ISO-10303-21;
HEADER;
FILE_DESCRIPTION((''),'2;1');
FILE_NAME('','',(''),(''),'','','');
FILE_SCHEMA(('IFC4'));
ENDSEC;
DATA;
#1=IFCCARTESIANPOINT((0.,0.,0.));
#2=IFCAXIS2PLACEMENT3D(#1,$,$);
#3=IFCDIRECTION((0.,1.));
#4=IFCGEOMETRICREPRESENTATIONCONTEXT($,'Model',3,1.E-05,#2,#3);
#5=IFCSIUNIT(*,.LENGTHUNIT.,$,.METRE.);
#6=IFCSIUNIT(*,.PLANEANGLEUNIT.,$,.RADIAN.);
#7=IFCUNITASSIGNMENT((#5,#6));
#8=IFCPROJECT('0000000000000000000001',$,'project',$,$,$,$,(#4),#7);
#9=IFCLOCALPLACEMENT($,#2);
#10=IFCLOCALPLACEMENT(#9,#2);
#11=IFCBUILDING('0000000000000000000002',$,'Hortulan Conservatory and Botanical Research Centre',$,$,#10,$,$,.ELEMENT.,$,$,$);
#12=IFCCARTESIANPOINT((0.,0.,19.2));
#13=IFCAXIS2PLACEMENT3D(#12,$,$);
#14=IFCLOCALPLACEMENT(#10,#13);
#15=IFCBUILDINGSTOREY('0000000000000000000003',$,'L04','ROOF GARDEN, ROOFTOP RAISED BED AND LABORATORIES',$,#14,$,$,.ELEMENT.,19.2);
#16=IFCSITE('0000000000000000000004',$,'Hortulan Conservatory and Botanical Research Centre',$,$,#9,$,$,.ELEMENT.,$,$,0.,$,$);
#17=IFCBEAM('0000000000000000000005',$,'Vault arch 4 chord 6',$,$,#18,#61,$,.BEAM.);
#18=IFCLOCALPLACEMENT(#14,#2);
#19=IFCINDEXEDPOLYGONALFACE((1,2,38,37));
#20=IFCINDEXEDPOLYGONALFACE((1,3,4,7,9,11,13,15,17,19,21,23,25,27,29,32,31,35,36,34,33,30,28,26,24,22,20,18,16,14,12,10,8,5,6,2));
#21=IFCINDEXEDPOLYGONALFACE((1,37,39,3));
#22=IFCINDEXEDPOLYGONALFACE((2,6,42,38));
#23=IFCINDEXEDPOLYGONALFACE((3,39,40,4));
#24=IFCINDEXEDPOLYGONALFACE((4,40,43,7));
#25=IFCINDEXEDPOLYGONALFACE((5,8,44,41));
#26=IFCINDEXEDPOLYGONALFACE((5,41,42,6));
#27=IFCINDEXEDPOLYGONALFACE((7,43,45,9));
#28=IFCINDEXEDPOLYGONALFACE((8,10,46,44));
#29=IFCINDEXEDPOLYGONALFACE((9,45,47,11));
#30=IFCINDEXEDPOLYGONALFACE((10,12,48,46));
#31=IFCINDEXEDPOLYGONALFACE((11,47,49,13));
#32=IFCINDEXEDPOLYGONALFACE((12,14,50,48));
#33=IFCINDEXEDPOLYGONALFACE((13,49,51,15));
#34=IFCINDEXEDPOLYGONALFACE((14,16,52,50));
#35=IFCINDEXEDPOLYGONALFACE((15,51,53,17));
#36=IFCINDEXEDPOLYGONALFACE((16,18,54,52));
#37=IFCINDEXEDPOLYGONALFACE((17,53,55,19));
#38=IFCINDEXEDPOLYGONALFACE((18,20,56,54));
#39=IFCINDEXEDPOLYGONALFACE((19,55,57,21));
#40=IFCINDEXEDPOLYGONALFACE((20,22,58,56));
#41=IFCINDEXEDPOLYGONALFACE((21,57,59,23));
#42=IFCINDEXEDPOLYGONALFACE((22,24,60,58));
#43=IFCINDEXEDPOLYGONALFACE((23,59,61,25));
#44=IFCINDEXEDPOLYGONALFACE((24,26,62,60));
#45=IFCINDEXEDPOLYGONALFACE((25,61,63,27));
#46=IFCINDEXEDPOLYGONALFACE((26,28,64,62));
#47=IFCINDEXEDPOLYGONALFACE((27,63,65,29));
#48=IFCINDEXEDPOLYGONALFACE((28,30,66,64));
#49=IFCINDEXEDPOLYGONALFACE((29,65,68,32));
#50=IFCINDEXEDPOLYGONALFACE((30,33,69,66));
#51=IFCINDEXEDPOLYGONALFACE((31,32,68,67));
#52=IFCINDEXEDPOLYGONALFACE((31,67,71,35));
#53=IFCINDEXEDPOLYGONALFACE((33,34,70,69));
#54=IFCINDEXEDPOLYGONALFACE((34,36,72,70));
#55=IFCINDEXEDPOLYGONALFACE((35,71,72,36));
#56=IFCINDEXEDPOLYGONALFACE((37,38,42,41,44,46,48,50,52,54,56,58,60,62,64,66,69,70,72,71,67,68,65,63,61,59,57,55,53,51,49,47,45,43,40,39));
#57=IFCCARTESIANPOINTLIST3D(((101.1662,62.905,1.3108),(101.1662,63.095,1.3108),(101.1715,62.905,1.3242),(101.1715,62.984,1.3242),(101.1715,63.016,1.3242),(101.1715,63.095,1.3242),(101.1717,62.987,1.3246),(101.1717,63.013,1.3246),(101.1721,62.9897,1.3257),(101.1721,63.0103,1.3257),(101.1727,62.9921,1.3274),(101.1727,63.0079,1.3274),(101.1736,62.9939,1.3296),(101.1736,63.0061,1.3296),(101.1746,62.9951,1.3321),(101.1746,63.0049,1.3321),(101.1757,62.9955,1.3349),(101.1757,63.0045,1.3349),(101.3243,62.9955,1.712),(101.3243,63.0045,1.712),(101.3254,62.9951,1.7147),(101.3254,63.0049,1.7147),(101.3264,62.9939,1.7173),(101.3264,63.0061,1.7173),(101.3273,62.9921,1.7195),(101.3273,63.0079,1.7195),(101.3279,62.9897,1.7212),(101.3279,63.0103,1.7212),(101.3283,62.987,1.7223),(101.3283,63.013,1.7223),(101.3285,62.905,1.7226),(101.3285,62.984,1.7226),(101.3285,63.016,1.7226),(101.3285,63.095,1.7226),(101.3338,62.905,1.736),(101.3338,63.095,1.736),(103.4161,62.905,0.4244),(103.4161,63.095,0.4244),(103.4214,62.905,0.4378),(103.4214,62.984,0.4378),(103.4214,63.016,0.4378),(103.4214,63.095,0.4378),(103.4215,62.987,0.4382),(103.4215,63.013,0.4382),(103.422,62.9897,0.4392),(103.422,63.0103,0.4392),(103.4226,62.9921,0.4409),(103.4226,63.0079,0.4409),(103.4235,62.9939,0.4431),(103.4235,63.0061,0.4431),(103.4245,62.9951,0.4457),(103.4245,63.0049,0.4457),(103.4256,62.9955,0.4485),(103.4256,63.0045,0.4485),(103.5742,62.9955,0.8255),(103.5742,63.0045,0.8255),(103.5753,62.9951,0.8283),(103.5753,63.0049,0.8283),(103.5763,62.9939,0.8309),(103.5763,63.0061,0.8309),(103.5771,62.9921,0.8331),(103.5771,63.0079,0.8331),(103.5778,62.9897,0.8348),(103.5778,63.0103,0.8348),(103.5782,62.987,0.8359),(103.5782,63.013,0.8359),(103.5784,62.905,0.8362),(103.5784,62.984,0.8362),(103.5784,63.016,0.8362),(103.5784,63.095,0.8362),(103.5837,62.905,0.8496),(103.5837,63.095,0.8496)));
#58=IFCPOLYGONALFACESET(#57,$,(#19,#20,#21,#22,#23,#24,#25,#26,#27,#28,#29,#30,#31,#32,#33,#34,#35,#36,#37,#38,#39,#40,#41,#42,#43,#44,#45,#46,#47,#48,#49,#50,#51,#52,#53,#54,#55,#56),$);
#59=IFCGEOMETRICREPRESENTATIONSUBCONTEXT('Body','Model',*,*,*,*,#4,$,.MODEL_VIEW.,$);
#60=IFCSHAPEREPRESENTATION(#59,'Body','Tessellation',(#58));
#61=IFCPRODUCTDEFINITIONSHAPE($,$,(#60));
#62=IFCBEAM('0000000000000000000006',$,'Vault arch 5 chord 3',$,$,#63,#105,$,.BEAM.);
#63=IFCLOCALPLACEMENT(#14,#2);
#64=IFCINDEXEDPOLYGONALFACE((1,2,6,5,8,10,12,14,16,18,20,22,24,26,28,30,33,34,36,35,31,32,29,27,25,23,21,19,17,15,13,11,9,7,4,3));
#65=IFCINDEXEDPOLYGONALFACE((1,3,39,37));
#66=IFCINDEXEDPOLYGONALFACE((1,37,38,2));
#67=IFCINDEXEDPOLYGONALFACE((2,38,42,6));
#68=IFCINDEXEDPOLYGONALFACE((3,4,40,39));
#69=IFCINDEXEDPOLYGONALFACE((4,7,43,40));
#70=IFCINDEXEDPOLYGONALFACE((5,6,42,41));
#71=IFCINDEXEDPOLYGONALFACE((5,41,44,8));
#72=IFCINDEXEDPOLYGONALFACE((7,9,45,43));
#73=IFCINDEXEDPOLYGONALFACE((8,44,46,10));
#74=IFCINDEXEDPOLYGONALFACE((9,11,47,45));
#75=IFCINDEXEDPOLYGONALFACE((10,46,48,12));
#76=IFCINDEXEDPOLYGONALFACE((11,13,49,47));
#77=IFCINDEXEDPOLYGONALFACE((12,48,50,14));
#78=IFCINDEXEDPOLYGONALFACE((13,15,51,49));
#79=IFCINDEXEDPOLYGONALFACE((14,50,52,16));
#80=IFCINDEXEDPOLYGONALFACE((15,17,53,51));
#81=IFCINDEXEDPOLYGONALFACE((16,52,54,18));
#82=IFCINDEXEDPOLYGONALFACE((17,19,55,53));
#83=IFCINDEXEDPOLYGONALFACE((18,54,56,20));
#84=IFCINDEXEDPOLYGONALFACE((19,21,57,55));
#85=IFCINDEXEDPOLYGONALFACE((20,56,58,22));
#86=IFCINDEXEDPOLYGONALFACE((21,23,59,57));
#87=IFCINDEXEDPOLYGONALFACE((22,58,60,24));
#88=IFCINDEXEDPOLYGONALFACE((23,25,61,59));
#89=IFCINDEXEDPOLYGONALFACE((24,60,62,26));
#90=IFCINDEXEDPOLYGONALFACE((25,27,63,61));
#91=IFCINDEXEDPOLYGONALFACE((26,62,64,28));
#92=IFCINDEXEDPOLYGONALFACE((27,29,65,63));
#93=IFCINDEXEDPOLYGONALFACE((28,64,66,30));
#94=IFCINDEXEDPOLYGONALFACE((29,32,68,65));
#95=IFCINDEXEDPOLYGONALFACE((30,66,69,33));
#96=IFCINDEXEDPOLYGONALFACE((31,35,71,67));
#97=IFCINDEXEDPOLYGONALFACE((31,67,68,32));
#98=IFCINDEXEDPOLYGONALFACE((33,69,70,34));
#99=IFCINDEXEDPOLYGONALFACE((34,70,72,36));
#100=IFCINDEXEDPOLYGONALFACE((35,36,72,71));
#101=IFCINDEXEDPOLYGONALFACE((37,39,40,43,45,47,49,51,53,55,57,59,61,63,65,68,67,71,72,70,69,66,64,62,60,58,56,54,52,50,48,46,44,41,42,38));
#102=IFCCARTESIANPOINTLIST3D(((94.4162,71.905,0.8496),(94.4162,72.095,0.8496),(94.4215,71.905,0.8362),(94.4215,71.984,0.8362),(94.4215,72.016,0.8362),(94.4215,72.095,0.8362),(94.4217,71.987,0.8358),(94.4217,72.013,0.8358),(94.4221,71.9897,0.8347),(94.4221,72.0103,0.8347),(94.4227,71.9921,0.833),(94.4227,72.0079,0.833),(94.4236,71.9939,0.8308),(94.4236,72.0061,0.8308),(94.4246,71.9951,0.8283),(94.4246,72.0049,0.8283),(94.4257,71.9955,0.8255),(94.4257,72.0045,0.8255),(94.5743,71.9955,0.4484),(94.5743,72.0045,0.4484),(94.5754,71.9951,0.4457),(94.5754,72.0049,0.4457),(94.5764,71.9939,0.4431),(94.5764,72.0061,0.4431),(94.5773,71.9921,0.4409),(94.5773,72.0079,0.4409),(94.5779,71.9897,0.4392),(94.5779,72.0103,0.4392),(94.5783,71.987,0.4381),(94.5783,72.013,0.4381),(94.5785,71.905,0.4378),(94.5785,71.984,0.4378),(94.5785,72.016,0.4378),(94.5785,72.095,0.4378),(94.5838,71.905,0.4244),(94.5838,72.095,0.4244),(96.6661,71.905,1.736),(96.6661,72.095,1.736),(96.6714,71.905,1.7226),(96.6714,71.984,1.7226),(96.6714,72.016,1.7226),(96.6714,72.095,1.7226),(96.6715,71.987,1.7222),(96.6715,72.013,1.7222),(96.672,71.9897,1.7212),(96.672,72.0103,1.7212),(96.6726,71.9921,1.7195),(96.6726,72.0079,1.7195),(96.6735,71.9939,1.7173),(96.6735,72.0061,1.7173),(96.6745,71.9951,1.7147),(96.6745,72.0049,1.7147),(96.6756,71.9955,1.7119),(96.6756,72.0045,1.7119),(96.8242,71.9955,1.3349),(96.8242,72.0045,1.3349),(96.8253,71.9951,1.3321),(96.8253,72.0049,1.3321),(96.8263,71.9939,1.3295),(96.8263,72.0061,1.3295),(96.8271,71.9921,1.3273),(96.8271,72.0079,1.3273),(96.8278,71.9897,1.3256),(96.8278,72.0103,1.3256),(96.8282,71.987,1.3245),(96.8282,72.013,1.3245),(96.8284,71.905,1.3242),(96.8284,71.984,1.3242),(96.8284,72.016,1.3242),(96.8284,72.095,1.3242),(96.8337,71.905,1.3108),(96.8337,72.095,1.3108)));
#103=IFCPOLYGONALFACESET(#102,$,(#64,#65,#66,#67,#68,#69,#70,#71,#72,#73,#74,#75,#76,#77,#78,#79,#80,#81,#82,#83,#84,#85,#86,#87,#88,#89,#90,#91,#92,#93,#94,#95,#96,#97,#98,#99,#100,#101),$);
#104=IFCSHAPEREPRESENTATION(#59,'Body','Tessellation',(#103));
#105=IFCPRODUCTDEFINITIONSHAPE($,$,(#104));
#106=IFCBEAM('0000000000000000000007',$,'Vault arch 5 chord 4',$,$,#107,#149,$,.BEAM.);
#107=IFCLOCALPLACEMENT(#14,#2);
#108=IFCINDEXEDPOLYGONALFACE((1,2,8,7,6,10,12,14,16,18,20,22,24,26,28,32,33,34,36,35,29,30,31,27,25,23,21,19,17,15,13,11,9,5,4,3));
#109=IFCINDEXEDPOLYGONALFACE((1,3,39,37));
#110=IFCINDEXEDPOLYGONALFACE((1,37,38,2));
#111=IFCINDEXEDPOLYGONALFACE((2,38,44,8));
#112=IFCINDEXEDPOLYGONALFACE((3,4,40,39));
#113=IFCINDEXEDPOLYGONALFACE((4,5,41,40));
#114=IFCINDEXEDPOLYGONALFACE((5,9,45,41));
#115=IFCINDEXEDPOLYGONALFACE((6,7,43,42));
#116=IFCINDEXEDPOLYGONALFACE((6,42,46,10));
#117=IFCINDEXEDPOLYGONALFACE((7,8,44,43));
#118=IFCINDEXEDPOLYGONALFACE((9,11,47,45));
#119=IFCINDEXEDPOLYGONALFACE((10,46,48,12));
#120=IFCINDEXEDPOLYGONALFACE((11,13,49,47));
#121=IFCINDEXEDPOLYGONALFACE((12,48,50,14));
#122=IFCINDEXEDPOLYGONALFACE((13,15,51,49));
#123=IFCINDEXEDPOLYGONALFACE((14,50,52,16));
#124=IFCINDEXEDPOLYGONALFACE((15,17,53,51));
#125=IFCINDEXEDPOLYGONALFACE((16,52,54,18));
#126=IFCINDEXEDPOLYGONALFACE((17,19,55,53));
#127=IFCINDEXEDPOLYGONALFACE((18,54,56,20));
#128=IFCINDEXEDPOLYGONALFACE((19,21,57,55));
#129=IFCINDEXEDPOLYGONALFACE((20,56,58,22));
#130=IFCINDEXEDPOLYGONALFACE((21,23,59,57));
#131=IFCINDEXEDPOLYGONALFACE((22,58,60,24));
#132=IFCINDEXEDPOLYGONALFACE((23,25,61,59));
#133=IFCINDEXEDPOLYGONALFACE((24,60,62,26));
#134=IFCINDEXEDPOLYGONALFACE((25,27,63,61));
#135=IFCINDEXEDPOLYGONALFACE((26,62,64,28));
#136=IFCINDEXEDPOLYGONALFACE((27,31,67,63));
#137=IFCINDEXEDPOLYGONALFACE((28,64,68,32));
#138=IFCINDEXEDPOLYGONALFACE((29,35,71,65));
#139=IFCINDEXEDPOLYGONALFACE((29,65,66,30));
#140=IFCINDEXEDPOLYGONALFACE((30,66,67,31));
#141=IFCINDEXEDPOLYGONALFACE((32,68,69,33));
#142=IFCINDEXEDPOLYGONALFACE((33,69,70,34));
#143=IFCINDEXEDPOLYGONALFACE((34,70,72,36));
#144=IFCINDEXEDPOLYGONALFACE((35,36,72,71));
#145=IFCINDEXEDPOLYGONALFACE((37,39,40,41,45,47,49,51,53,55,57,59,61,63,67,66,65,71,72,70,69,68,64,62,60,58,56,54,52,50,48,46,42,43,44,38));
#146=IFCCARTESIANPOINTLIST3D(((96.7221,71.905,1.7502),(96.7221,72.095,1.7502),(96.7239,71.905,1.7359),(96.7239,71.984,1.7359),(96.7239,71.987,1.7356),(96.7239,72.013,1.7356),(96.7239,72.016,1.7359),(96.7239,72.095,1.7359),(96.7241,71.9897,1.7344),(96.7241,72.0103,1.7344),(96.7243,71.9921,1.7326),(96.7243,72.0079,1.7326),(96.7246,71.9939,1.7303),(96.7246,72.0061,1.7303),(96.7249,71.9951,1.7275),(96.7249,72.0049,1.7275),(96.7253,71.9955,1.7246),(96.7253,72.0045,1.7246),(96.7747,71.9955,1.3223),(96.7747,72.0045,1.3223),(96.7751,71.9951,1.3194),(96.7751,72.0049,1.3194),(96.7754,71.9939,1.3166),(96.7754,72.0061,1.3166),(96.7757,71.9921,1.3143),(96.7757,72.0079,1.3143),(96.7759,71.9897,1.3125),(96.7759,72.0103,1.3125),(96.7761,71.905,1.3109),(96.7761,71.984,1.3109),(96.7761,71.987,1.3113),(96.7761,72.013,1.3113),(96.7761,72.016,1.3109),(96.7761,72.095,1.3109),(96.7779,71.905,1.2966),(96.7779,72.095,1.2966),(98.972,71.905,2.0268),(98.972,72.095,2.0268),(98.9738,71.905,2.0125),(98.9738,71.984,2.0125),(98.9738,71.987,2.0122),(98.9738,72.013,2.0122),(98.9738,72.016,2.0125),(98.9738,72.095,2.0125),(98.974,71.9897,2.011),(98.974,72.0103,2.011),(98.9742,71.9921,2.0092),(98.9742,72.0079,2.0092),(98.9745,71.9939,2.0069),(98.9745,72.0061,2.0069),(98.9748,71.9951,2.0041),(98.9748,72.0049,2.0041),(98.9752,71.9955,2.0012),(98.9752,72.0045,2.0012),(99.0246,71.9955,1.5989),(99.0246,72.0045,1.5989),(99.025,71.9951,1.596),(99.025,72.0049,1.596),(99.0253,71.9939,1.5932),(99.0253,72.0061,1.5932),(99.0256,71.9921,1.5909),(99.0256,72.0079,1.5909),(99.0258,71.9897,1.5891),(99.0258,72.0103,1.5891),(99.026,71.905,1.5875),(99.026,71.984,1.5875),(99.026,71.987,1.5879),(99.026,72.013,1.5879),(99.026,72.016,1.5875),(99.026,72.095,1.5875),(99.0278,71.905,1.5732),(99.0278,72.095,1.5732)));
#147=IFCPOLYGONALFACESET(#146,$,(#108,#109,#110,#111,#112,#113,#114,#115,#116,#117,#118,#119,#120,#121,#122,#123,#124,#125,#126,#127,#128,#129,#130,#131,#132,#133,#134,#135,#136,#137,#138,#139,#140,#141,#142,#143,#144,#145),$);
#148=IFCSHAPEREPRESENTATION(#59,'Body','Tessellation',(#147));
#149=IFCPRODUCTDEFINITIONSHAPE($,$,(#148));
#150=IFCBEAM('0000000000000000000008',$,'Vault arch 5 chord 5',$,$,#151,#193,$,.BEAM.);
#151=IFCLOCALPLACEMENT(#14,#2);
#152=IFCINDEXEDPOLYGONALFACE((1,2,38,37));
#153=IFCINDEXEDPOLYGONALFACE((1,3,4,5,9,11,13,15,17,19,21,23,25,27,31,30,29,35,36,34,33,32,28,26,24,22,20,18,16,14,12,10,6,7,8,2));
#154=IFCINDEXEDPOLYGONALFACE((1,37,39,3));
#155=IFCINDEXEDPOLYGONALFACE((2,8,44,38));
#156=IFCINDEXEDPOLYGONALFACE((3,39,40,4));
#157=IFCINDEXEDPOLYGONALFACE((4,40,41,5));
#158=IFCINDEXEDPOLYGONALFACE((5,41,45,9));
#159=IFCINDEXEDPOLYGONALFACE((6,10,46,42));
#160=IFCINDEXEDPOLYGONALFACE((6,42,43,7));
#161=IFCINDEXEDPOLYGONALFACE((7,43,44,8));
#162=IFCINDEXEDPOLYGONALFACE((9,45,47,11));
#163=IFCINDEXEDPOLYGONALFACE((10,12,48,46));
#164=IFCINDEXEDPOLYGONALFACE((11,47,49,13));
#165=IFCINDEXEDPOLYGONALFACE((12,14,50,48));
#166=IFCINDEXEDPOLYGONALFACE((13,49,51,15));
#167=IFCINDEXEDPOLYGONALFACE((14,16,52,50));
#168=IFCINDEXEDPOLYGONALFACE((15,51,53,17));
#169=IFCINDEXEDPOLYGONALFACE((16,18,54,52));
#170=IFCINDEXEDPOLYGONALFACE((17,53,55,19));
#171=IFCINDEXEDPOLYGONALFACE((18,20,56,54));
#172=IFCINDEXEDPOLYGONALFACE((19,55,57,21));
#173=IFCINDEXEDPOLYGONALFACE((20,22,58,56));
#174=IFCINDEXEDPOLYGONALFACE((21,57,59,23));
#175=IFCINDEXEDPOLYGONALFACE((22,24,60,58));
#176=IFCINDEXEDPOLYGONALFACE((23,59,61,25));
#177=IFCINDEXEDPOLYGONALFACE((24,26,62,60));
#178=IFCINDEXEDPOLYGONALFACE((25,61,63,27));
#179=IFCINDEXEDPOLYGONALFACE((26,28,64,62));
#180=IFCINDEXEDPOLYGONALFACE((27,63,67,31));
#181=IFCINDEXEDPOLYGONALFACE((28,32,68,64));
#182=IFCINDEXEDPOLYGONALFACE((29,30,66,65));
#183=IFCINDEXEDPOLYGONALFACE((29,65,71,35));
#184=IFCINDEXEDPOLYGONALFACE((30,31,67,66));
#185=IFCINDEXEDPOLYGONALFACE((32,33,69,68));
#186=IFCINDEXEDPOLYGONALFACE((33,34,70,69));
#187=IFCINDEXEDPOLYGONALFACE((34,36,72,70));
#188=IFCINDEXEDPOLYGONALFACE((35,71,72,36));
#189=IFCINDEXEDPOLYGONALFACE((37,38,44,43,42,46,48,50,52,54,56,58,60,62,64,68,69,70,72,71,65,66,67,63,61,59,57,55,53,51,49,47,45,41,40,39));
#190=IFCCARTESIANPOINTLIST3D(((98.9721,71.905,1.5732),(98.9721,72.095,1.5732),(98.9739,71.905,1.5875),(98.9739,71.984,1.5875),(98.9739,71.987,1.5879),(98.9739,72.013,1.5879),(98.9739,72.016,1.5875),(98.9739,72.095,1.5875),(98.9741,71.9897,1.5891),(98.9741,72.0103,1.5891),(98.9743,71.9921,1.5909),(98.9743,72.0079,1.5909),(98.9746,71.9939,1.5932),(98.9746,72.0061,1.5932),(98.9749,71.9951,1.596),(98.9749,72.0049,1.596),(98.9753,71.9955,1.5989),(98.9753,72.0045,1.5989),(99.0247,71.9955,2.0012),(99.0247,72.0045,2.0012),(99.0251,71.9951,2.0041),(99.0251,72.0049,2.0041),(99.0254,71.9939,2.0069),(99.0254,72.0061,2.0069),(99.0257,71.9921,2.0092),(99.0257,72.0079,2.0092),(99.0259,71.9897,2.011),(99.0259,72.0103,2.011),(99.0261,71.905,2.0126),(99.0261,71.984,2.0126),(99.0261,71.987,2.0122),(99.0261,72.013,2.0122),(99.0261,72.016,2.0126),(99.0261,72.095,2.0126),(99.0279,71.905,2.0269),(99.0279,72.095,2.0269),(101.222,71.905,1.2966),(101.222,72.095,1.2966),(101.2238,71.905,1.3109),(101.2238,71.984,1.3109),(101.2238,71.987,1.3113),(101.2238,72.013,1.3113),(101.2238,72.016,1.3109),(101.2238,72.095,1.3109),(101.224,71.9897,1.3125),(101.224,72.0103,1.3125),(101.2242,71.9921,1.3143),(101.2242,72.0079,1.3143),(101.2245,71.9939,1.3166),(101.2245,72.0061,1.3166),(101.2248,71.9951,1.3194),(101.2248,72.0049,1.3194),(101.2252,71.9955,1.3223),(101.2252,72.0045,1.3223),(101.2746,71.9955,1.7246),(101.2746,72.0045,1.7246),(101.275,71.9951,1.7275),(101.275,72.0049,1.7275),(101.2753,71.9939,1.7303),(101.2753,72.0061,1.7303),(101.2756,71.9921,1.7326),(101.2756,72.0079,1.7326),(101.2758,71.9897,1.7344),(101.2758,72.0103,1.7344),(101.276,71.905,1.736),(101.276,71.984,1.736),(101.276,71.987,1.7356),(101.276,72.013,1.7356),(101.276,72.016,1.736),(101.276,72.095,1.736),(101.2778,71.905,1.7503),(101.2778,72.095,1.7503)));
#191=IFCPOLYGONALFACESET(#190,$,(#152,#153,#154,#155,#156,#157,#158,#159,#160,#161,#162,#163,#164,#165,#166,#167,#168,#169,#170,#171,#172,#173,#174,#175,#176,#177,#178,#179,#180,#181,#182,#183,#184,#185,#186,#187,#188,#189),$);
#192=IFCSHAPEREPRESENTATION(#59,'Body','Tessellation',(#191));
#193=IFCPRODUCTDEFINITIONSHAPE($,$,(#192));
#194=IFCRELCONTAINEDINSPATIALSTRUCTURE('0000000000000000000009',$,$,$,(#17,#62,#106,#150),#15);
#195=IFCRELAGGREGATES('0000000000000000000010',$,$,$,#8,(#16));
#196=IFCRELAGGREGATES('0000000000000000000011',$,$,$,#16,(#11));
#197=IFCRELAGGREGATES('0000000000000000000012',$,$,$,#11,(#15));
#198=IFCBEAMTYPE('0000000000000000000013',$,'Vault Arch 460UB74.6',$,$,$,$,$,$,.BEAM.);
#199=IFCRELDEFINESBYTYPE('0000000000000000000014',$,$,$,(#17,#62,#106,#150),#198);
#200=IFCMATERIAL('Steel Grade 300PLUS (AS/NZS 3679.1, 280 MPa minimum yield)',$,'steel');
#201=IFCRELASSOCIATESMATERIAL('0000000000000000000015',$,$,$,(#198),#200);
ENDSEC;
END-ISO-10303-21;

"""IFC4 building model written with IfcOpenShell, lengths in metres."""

from ifc_helpers import new_model, si_unit, direction, frame, origin, origin_2d, place, context, subcontext, project, spatial, i_section, extrude, material, material_profile, profile_set, type_object, element, save


model = new_model("IFC4")

# Units and contexts
model_context = context("Model", 3, precision=1e-05, world=origin(), true_north=direction((0.0, 1.0)))
body_context = subcontext(model_context, "Body", "Model", "MODEL_VIEW")
ifc_project = project(units=[si_unit("LENGTHUNIT", "METRE"), si_unit("PLANEANGLEUNIT", "RADIAN")], contexts=[model_context])

# Site, building, storey
site_placement = place(None, origin())
site = spatial("IfcSite", under=ifc_project, at=site_placement, Name="Hortulan Conservatory and Botanical Research Centre", CompositionType="ELEMENT", RefElevation=0.0)
building_placement = place(site_placement, origin())
building = spatial("IfcBuilding", under=site, at=building_placement, Name="Hortulan Conservatory and Botanical Research Centre", CompositionType="ELEMENT")
storey_placement = place(building_placement, frame((0.0, 0.0, 19.2)))
storey = spatial("IfcBuildingStorey", under=building, at=storey_placement, Name="L04", Description="ROOF GARDEN, ROOFTOP RAISED BED AND LABORATORIES", CompositionType="ELEMENT", Elevation=19.2)

# Beams
ifc_material_1 = material(Name="Steel Grade 300PLUS (AS/NZS 3679.1, 280 MPa minimum yield)", Category="steel")
ifc_material_profile_1 = material_profile(ifc_material_1, i_section(OverallWidth=0.1899, OverallDepth=0.457, WebThickness=0.009, FlangeThickness=0.0144, FilletRadius=0.0115, at=origin_2d()), Name="460UB74.6")
ifc_profile_set_1 = profile_set([ifc_material_profile_1], Name="Steel Grade 300PLUS (AS/NZS 3679.1, 280 MPa minimum yield)")
beam_type = type_object("IfcBeamType", Name="Vault Arch 460UB74.6", PredefinedType="BEAM", material=ifc_profile_set_1)
for number, where, z_axis, x_axis, name in (
    (1, (101.25, 63.0, 1.5234), (0.930393, 0.0, -0.366564), (0.0, 1.0, 0.0), "Vault arch 4 chord 6"),
    (2, (94.5, 72.0, 0.637), (0.930393, 0.0, 0.366564), (0.0, 1.0, 0.0), "Vault arch 5 chord 3"),
):
    element("IfcBeam", number, at=place(storey_placement, frame(where, z_axis=z_axis, x_axis=x_axis)), inside=storey, type_object=beam_type, Name=name, PredefinedType="BEAM", context=body_context, shape_type="SweptSolid", body=[
        extrude(i_section(OverallWidth=0.1899, OverallDepth=0.457, WebThickness=0.009, FlangeThickness=0.0144, FilletRadius=0.0115, at=origin_2d()), origin(), (0.0, 0.0, 1.0), 2.4182),
    ])
for number, where, z_axis, x_axis, name in (
    (3, (96.75, 72.0, 1.5234), (0.992528, 0.0, 0.12202), (0.0, 1.0, 0.0), "Vault arch 5 chord 4"),
    (4, (99.0, 72.0, 1.8), (0.992528, 0.0, -0.12202), (0.0, 1.0, 0.0), "Vault arch 5 chord 5"),
):
    element("IfcBeam", number, at=place(storey_placement, frame(where, z_axis=z_axis, x_axis=x_axis)), inside=storey, type_object=beam_type, Name=name, PredefinedType="BEAM", context=body_context, shape_type="SweptSolid", body=[
        extrude(i_section(OverallWidth=0.1899, OverallDepth=0.457, WebThickness=0.009, FlangeThickness=0.0144, FilletRadius=0.0115, at=origin_2d()), origin(), (0.0, 0.0, 1.0), 2.2668),
    ])

save(model, "model.ifc")
